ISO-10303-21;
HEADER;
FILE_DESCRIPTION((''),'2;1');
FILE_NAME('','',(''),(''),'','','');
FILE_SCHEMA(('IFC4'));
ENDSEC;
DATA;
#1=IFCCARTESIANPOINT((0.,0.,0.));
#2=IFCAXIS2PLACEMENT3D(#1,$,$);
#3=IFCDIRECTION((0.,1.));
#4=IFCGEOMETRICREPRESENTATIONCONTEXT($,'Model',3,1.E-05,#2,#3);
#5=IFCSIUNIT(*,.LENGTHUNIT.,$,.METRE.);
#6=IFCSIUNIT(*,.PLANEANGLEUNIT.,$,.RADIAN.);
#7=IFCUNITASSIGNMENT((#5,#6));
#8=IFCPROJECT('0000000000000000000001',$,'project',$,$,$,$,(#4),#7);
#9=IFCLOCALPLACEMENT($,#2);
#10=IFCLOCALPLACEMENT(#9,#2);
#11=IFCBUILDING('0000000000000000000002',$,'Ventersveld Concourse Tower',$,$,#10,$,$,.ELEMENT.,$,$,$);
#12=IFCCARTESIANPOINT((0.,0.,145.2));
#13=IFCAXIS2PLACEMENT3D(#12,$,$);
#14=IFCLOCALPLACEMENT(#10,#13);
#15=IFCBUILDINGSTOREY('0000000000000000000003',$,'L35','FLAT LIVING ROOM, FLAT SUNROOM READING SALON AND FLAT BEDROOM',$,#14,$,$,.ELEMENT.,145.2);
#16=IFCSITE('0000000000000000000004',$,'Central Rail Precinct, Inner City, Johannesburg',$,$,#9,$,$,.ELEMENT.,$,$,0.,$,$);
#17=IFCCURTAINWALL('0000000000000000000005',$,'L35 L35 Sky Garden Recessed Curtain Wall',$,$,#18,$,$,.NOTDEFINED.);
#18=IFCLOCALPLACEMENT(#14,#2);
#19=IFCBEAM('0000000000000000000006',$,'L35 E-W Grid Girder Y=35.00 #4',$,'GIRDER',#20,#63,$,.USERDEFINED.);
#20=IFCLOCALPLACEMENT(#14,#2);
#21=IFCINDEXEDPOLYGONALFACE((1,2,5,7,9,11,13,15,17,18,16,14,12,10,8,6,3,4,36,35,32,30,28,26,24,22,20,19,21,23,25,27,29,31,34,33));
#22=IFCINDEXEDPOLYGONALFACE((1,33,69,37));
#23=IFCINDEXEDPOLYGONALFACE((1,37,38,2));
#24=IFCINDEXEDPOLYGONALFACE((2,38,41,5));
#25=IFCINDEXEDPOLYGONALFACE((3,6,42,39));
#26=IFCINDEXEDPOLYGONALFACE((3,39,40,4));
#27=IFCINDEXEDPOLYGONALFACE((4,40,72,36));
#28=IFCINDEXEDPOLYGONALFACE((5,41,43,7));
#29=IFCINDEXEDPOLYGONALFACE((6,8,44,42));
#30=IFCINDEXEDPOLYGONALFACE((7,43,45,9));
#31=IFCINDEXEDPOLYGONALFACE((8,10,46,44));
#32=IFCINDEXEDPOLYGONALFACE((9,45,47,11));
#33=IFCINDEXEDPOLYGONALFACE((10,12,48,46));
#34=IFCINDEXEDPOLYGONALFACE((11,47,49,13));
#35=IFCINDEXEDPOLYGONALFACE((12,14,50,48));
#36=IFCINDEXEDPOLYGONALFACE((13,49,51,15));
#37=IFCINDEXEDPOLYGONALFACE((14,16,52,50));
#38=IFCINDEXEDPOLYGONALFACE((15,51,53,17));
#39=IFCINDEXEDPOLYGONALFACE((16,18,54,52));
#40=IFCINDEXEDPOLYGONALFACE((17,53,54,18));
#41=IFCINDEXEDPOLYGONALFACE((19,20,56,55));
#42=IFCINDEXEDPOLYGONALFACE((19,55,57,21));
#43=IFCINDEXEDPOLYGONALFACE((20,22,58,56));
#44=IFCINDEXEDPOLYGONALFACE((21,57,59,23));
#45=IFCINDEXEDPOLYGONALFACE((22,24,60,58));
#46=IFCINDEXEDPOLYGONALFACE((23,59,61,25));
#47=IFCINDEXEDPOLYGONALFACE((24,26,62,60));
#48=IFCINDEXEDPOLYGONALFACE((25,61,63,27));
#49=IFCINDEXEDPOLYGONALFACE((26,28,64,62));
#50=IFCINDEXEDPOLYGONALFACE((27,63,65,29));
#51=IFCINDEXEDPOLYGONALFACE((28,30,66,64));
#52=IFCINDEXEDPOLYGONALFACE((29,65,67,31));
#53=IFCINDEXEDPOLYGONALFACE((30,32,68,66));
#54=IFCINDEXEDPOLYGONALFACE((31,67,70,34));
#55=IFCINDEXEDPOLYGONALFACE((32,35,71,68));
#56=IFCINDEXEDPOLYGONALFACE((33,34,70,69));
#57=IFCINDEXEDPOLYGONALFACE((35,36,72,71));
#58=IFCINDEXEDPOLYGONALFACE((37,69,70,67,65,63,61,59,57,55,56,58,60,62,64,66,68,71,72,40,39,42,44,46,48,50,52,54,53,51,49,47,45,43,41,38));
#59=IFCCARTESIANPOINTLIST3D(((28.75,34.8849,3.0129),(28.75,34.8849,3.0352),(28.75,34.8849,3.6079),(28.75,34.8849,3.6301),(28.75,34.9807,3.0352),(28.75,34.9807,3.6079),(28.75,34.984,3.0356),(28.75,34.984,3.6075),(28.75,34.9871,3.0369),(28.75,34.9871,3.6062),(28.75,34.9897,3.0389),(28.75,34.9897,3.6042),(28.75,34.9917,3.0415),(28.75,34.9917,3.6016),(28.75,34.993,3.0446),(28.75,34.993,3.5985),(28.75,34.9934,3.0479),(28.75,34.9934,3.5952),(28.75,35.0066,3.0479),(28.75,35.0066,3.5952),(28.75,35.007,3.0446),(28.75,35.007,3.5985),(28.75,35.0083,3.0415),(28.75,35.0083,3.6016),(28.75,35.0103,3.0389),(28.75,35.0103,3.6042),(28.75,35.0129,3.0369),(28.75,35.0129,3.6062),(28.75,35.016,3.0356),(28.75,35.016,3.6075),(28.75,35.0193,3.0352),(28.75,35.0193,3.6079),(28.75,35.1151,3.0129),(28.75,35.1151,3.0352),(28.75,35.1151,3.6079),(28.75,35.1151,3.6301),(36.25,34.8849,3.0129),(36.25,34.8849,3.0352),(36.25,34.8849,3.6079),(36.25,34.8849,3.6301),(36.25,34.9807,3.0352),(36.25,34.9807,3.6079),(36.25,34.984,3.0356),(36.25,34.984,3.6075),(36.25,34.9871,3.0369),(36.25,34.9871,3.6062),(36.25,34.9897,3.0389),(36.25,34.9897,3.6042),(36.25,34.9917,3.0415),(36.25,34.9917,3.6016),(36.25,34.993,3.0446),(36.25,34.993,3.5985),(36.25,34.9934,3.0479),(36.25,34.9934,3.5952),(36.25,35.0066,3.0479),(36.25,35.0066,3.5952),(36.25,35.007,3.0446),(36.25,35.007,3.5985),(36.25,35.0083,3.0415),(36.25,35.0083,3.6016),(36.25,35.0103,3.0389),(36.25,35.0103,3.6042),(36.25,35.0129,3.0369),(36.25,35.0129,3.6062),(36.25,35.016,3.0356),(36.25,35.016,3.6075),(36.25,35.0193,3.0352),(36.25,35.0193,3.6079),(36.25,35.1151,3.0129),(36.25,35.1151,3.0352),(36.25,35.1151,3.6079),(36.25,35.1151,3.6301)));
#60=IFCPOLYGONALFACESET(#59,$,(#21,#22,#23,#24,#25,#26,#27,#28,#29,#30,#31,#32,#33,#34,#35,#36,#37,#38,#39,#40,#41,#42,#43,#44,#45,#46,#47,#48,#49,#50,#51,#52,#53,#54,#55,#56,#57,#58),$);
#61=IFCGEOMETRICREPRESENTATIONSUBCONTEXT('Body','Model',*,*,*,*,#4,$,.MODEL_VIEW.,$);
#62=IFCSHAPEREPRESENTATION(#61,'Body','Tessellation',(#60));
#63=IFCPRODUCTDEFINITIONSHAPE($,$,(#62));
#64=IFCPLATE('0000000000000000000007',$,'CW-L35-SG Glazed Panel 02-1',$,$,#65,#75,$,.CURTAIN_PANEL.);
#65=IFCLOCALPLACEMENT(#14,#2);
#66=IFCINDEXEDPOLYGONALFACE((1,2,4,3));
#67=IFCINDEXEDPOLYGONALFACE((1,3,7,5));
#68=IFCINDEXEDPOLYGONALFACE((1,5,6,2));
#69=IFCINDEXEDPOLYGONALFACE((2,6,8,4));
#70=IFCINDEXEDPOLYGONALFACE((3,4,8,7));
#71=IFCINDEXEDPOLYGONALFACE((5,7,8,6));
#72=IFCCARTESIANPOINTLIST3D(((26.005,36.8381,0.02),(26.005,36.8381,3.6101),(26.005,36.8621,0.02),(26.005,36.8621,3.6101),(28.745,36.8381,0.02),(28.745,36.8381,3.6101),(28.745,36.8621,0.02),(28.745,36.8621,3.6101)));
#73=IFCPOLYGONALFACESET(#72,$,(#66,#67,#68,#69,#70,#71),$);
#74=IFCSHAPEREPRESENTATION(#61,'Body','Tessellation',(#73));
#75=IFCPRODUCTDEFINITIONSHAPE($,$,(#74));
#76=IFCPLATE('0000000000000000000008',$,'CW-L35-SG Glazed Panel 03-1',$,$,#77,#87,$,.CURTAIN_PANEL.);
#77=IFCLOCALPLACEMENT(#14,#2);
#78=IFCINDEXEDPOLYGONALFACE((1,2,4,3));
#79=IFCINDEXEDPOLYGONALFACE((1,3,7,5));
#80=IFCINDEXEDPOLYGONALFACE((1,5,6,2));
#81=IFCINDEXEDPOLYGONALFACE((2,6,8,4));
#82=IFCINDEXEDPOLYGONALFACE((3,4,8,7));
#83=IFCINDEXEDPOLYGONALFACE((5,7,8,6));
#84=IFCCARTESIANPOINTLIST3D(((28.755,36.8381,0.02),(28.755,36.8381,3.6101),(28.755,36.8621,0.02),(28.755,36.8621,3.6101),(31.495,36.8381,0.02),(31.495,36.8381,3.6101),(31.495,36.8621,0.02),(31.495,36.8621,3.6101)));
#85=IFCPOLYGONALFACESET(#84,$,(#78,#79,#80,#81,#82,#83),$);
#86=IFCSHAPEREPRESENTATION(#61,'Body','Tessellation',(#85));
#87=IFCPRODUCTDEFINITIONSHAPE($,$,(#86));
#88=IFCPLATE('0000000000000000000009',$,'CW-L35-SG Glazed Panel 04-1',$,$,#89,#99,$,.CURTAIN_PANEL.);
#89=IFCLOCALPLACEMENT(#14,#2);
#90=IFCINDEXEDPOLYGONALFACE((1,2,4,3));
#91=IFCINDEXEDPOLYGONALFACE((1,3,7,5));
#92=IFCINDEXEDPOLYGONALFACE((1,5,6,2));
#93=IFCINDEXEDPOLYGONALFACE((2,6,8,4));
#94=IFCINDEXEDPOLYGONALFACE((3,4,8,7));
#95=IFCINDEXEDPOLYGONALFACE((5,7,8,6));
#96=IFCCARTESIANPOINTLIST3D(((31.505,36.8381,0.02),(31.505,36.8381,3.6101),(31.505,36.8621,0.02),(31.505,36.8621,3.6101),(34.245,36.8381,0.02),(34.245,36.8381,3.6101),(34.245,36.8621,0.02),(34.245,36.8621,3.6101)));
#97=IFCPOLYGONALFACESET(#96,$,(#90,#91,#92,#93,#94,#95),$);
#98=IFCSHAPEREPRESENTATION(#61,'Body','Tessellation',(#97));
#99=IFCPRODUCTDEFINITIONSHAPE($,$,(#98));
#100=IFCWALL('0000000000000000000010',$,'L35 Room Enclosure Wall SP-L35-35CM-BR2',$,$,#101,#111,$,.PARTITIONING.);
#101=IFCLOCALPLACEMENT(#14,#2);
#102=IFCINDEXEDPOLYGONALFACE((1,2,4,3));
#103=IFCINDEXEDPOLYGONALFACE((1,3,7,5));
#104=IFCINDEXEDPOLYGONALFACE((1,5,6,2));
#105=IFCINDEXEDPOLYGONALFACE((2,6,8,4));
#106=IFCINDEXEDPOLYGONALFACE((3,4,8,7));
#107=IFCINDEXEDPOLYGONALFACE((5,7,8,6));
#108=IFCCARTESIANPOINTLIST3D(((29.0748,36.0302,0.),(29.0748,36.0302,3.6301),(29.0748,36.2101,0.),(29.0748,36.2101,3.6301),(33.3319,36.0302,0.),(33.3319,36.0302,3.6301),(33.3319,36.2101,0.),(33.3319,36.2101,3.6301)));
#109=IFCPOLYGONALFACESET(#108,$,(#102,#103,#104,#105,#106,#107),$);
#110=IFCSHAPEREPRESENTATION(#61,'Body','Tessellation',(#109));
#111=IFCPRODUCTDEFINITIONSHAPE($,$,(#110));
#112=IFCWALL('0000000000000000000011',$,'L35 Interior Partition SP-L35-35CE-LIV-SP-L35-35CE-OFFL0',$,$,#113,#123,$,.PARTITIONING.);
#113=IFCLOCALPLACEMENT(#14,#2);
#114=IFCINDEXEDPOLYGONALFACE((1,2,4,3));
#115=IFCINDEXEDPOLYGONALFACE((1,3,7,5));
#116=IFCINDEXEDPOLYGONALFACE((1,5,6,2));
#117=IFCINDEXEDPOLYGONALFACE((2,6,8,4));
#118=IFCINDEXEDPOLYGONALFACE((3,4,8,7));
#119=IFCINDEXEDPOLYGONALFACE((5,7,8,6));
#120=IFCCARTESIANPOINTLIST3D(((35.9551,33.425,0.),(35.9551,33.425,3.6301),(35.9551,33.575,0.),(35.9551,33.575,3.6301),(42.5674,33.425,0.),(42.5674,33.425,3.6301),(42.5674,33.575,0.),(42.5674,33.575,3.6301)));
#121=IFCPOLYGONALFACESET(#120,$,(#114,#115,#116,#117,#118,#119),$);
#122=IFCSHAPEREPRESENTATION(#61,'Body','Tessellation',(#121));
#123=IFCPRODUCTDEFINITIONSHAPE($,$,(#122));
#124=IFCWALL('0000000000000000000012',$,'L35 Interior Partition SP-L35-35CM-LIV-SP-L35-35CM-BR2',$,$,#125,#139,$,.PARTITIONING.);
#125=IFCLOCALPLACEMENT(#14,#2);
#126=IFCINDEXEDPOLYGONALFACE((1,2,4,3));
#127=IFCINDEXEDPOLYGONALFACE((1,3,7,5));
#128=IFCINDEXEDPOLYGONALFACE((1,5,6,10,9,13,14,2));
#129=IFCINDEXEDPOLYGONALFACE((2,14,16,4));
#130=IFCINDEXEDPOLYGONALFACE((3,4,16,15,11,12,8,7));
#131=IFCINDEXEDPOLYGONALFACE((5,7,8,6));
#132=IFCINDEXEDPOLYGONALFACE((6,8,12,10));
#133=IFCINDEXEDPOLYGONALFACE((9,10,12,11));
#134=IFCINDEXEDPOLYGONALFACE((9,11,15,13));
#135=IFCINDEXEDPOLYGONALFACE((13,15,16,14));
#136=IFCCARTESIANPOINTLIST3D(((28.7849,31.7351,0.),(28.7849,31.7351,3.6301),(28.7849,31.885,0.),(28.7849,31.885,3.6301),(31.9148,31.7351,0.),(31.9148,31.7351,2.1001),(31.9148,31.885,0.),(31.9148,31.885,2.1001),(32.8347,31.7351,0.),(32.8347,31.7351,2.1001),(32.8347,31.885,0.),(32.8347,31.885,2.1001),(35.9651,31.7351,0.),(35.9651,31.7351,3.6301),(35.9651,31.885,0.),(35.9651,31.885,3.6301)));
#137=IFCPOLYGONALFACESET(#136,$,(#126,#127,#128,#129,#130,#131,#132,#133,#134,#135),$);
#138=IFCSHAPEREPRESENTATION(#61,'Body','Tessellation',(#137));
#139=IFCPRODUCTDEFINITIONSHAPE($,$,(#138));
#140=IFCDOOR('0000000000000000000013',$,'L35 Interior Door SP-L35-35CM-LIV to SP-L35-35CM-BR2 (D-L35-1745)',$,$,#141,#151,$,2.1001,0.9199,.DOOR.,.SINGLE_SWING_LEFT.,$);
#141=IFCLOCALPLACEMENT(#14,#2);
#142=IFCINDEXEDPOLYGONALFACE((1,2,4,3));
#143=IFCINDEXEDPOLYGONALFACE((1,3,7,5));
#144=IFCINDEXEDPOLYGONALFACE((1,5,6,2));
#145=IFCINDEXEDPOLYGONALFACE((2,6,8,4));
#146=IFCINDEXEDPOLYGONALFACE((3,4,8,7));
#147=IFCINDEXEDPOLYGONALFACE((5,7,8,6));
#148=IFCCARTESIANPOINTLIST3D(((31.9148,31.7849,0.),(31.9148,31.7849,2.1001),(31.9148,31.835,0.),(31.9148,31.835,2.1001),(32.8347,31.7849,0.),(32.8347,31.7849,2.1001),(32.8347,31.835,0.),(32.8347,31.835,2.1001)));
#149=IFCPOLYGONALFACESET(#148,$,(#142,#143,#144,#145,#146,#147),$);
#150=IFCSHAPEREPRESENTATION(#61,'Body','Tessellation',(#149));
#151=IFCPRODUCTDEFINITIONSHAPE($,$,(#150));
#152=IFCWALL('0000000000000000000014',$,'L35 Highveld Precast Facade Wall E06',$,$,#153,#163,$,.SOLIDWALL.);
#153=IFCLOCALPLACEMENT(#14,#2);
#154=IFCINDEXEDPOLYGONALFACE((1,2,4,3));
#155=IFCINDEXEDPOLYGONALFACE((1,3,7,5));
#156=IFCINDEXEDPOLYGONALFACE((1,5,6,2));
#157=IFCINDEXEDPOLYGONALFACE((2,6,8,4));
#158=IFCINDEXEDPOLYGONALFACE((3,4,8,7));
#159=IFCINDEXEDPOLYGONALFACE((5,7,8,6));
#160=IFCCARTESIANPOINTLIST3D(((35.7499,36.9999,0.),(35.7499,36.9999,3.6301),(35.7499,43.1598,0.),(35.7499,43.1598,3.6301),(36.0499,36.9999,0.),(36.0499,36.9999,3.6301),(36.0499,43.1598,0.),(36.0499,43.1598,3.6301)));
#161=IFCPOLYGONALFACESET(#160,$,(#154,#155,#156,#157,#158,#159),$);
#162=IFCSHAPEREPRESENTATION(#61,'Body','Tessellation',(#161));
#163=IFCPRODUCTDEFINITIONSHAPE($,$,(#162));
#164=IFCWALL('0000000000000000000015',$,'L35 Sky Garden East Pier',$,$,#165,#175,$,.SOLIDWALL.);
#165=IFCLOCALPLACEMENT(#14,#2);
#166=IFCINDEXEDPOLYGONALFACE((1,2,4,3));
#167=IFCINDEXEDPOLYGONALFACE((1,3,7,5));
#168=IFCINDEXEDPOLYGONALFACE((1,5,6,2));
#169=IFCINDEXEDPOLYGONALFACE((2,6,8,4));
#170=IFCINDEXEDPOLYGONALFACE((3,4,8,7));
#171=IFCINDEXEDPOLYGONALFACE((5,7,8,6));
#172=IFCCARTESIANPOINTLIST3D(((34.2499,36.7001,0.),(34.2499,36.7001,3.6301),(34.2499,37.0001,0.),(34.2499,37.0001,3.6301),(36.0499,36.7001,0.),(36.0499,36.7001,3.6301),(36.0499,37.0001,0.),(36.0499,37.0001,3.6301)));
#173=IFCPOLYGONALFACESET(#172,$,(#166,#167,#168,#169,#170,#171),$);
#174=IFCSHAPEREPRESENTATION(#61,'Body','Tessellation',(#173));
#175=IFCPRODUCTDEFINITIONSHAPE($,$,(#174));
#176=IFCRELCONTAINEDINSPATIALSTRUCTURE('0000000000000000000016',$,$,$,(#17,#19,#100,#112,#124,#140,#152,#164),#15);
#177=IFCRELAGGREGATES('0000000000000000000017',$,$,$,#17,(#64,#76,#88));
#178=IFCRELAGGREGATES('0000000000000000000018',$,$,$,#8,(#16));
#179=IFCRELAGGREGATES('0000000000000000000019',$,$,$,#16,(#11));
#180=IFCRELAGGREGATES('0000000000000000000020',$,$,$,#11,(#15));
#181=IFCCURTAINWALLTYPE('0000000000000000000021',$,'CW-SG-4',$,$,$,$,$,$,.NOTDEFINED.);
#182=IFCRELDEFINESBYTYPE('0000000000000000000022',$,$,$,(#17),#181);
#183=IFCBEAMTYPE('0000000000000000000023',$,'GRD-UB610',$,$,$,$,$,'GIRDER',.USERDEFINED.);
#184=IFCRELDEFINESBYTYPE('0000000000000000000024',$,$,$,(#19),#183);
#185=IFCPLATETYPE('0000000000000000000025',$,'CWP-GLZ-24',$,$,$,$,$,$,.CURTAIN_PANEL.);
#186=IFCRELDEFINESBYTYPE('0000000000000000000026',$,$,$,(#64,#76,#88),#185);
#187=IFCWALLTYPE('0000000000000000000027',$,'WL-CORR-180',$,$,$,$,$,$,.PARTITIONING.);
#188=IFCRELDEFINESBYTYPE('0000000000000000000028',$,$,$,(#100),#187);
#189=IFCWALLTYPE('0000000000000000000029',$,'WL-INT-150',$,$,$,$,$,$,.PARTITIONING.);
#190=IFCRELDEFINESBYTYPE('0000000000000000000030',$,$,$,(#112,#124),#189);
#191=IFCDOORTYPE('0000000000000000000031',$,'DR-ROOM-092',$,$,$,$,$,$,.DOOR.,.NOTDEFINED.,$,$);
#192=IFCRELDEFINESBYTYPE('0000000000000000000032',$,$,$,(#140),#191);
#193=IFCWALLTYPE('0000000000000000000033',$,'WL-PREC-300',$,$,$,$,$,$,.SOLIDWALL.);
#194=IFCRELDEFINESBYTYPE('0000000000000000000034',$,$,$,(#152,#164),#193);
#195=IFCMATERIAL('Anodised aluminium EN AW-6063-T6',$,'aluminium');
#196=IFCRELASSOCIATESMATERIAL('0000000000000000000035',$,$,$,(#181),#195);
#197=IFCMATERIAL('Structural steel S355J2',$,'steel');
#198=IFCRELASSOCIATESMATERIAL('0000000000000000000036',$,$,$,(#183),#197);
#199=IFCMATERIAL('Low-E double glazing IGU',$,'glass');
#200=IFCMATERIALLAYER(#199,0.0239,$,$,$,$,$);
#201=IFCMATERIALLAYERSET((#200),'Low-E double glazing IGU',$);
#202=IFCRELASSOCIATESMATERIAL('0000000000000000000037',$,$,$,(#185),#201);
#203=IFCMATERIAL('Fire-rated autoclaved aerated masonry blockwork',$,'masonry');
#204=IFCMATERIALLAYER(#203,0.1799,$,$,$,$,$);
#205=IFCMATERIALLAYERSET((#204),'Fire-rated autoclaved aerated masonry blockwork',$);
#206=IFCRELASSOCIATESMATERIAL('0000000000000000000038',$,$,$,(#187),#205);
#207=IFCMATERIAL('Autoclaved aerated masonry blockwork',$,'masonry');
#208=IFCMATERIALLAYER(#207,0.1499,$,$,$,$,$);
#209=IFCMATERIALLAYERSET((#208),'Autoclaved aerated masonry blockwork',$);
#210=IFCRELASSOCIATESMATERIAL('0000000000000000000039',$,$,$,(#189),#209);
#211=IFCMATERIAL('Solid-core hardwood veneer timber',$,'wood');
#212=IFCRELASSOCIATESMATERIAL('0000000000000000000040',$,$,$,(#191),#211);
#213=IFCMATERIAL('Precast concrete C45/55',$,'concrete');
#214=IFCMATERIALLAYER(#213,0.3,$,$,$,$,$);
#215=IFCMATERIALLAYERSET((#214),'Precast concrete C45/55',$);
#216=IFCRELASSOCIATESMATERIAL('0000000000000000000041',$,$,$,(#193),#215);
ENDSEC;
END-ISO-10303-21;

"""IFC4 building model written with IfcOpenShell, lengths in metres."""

from ifc_helpers import new_model, si_unit, direction, frame, frame_2d, origin, origin_2d, place, context, subcontext, project, spatial, rectangle, i_section, extrude, material, layer, layer_set, material_profile, profile_set, type_object, element, fill, aggregate, save


model = new_model("IFC4")

# Units and contexts
model_context = context("Model", 3, precision=1e-05, world=origin(), true_north=direction((0.0, 1.0)))
body_context = subcontext(model_context, "Body", "Model", "MODEL_VIEW")
ifc_project = project(units=[si_unit("LENGTHUNIT", "METRE"), si_unit("PLANEANGLEUNIT", "RADIAN")], contexts=[model_context])

# Site, building, storey
site_placement = place(None, origin())
site = spatial("IfcSite", under=ifc_project, at=site_placement, Name="Central Rail Precinct, Inner City, Johannesburg", CompositionType="ELEMENT", RefElevation=0.0)
building_placement = place(site_placement, origin())
building = spatial("IfcBuilding", under=site, at=building_placement, Name="Ventersveld Concourse Tower", CompositionType="ELEMENT")
storey_placement = place(building_placement, frame((0.0, 0.0, 145.2)))
storey = spatial("IfcBuildingStorey", under=building, at=storey_placement, Name="L35", Description="FLAT LIVING ROOM, FLAT SUNROOM READING SALON AND FLAT BEDROOM", CompositionType="ELEMENT", Elevation=145.2)

# Curtain wall
ifc_material_1 = material(Name="Anodised aluminium EN AW-6063-T6", Category="aluminium")
curtain_wall_type = type_object("IfcCurtainWallType", Name="CW-SG-4", PredefinedType="NOTDEFINED", material=ifc_material_1)
curtain_wall_placement = place(storey_placement, origin())
curtain_wall = element("IfcCurtainWall", 1, at=curtain_wall_placement, inside=storey, type_object=curtain_wall_type, Name="L35 L35 Sky Garden Recessed Curtain Wall", PredefinedType="NOTDEFINED")

# Beam
ifc_material_2 = material(Name="Structural steel S355J2", Category="steel")
ifc_material_profile_1 = material_profile(ifc_material_2, i_section(OverallWidth=0.2302, OverallDepth=0.6172, WebThickness=0.0132, FlangeThickness=0.0222, FilletRadius=0.0127, at=origin_2d()), Name="UB 610x229x140")
ifc_profile_set_1 = profile_set([ifc_material_profile_1], Name="Structural steel S355J2")
beam_type = type_object("IfcBeamType", Name="GRD-UB610", ElementType="GIRDER", PredefinedType="USERDEFINED", material=ifc_profile_set_1)
beam_placement = place(storey_placement, frame((28.75, 35.0, 3.3215), z_axis=(1.0, 0.0, 0.0), x_axis=(0.0, 1.0, 0.0)))
element("IfcBeam", 2, at=beam_placement, inside=storey, type_object=beam_type, Name="L35 E-W Grid Girder Y=35.00 #4", ObjectType="GIRDER", PredefinedType="USERDEFINED", context=body_context, shape_type="SweptSolid", body=[
    extrude(i_section(OverallWidth=0.2302, OverallDepth=0.6172, WebThickness=0.0132, FlangeThickness=0.0222, FilletRadius=0.0127, at=origin_2d()), origin(), (0.0, 0.0, 1.0), 7.5),
])

# Plates
ifc_material_3 = material(Name="Low-E double glazing IGU", Category="glass")
ifc_layer_1 = layer(ifc_material_3, 0.0239)
ifc_layer_set_1 = layer_set([ifc_layer_1], Name="Low-E double glazing IGU")
plate_type = type_object("IfcPlateType", Name="CWP-GLZ-24", PredefinedType="CURTAIN_PANEL", material=ifc_layer_set_1)
plate_1_placement = place(storey_placement, frame((27.375, 36.8501, 0.02), z_axis=(0.0, 0.0, 1.0), x_axis=(1.0, 0.0, 0.0)))
plate_1 = element("IfcPlate", 3, at=plate_1_placement, type_object=plate_type, Name="CW-L35-SG Glazed Panel 02-1", PredefinedType="CURTAIN_PANEL", context=body_context, shape_type="SweptSolid", body=[
    extrude(rectangle(XDim=2.74, YDim=0.0239, at=origin_2d()), origin(), (0.0, 0.0, 1.0), 3.5901),
])
plate_2_placement = place(storey_placement, frame((30.125, 36.8501, 0.02), z_axis=(0.0, 0.0, 1.0), x_axis=(1.0, 0.0, 0.0)))
plate_2 = element("IfcPlate", 4, at=plate_2_placement, type_object=plate_type, Name="CW-L35-SG Glazed Panel 03-1", PredefinedType="CURTAIN_PANEL", context=body_context, shape_type="SweptSolid", body=[
    extrude(rectangle(XDim=2.74, YDim=0.0239, at=origin_2d()), origin(), (0.0, 0.0, 1.0), 3.5901),
])
plate_3_placement = place(storey_placement, frame((32.875, 36.8501, 0.02), z_axis=(0.0, 0.0, 1.0), x_axis=(1.0, 0.0, 0.0)))
plate_3 = element("IfcPlate", 5, at=plate_3_placement, type_object=plate_type, Name="CW-L35-SG Glazed Panel 04-1", PredefinedType="CURTAIN_PANEL", context=body_context, shape_type="SweptSolid", body=[
    extrude(rectangle(XDim=2.74, YDim=0.0239, at=origin_2d()), origin(), (0.0, 0.0, 1.0), 3.5901),
])
aggregate(curtain_wall, [plate_1, plate_2, plate_3])

# Walls
ifc_material_4 = material(Name="Fire-rated autoclaved aerated masonry blockwork", Category="masonry")
ifc_layer_2 = layer(ifc_material_4, 0.1799)
ifc_layer_set_2 = layer_set([ifc_layer_2], Name="Fire-rated autoclaved aerated masonry blockwork")
wall_type_1 = type_object("IfcWallType", Name="WL-CORR-180", PredefinedType="PARTITIONING", material=ifc_layer_set_2)
wall_1_placement = place(storey_placement, frame((29.075, 36.1201, 0.0), z_axis=(0.0, 0.0, 1.0), x_axis=(1.0, 0.0, 0.0)))
element("IfcWall", 6, at=wall_1_placement, inside=storey, type_object=wall_type_1, Name="L35 Room Enclosure Wall SP-L35-35CM-BR2", PredefinedType="PARTITIONING", context=body_context, shape_type="SweptSolid", body=[
    extrude(rectangle(XDim=4.2571, YDim=0.1799, at=frame_2d((2.1284, 0.0))), origin(), (0.0, 0.0, 1.0), 3.6301),
])
ifc_material_5 = material(Name="Autoclaved aerated masonry blockwork", Category="masonry")
ifc_layer_3 = layer(ifc_material_5, 0.1499)
ifc_layer_set_3 = layer_set([ifc_layer_3], Name="Autoclaved aerated masonry blockwork")
wall_type_2 = type_object("IfcWallType", Name="WL-INT-150", PredefinedType="PARTITIONING", material=ifc_layer_set_3)
wall_2_placement = place(storey_placement, frame((35.9551, 33.5, 0.0), z_axis=(0.0, 0.0, 1.0), x_axis=(1.0, 0.0, 0.0)))
element("IfcWall", 7, at=wall_2_placement, inside=storey, type_object=wall_type_2, Name="L35 Interior Partition SP-L35-35CE-LIV-SP-L35-35CE-OFFL0", PredefinedType="PARTITIONING", context=body_context, shape_type="SweptSolid", body=[
    extrude(rectangle(XDim=6.6123, YDim=0.1499, at=frame_2d((3.3062, 0.0))), origin(), (0.0, 0.0, 1.0), 3.6301),
])

# Wall, opening, door
wall_3_placement = place(storey_placement, frame((28.7849, 31.8101, 0.0), z_axis=(0.0, 0.0, 1.0), x_axis=(1.0, 0.0, 0.0)))
wall_3 = element("IfcWall", 8, at=wall_3_placement, inside=storey, type_object=wall_type_2, Name="L35 Interior Partition SP-L35-35CM-LIV-SP-L35-35CM-BR2", PredefinedType="PARTITIONING", context=body_context, shape_type="SweptSolid", body=[
    extrude(rectangle(XDim=7.1802, YDim=0.1499, at=frame_2d((3.5901, 0.0))), origin(), (0.0, 0.0, 1.0), 3.6301),
])
opening_placement = place(wall_3_placement, frame((3.1299, 0.0, 0.0)))
opening = element("IfcOpeningElement", 9, at=opening_placement, cuts=wall_3, PredefinedType="OPENING", context=body_context, shape_type="SweptSolid", body=[
    extrude(rectangle(XDim=0.9199, YDim=2.1001, at=frame_2d((0.46, 1.05))), frame((0.0, 0.085, 0.0), z_axis=(0.0, -1.0, 0.0), x_axis=(1.0, 0.0, 0.0)), (0.0, 0.0, 1.0), 0.1699),
])
ifc_material_6 = material(Name="Solid-core hardwood veneer timber", Category="wood")
door_type = type_object("IfcDoorType", Name="DR-ROOM-092", OperationType="NOTDEFINED", PredefinedType="DOOR", material=ifc_material_6)
door_placement = place(opening_placement, origin())
door = element("IfcDoor", 10, at=door_placement, inside=storey, type_object=door_type, Name="L35 Interior Door SP-L35-35CM-LIV to SP-L35-35CM-BR2 (D-L35-1745)", OperationType="SINGLE_SWING_LEFT", OverallHeight=2.1001, OverallWidth=0.9199, PredefinedType="DOOR", context=body_context, shape_type="SweptSolid", body=[
    extrude(rectangle(XDim=0.9199, YDim=2.1001, at=frame_2d((0.46, 1.05))), frame((0.0, 0.0249, 0.0), z_axis=(0.0, -1.0, 0.0), x_axis=(1.0, 0.0, 0.0)), (0.0, 0.0, 1.0), 0.05),
])
fill(opening, door)

# Walls
ifc_material_7 = material(Name="Precast concrete C45/55", Category="concrete")
ifc_layer_4 = layer(ifc_material_7, 0.3)
ifc_layer_set_4 = layer_set([ifc_layer_4], Name="Precast concrete C45/55")
wall_type_3 = type_object("IfcWallType", Name="WL-PREC-300", PredefinedType="SOLIDWALL", material=ifc_layer_set_4)
wall_4_placement = place(storey_placement, frame((35.8999, 43.1599, 0.0), z_axis=(0.0, 0.0, 1.0), x_axis=(0.0, -1.0, 0.0)))
element("IfcWall", 11, at=wall_4_placement, inside=storey, type_object=wall_type_3, Name="L35 Highveld Precast Facade Wall E06", PredefinedType="SOLIDWALL", context=body_context, shape_type="SweptSolid", body=[
    extrude(rectangle(XDim=6.1599, YDim=0.3, at=frame_2d((3.0801, 0.0))), origin(), (0.0, 0.0, 1.0), 3.6301),
])
wall_5_placement = place(storey_placement, frame((34.25, 36.8501, 0.0), z_axis=(0.0, 0.0, 1.0), x_axis=(1.0, 0.0, 0.0)))
element("IfcWall", 12, at=wall_5_placement, inside=storey, type_object=wall_type_3, Name="L35 Sky Garden East Pier", PredefinedType="SOLIDWALL", context=body_context, shape_type="SweptSolid", body=[
    extrude(rectangle(XDim=1.8, YDim=0.3, at=frame_2d((0.8999, 0.0))), origin(), (0.0, 0.0, 1.0), 3.6301),
])

save(model, "model.ifc")
